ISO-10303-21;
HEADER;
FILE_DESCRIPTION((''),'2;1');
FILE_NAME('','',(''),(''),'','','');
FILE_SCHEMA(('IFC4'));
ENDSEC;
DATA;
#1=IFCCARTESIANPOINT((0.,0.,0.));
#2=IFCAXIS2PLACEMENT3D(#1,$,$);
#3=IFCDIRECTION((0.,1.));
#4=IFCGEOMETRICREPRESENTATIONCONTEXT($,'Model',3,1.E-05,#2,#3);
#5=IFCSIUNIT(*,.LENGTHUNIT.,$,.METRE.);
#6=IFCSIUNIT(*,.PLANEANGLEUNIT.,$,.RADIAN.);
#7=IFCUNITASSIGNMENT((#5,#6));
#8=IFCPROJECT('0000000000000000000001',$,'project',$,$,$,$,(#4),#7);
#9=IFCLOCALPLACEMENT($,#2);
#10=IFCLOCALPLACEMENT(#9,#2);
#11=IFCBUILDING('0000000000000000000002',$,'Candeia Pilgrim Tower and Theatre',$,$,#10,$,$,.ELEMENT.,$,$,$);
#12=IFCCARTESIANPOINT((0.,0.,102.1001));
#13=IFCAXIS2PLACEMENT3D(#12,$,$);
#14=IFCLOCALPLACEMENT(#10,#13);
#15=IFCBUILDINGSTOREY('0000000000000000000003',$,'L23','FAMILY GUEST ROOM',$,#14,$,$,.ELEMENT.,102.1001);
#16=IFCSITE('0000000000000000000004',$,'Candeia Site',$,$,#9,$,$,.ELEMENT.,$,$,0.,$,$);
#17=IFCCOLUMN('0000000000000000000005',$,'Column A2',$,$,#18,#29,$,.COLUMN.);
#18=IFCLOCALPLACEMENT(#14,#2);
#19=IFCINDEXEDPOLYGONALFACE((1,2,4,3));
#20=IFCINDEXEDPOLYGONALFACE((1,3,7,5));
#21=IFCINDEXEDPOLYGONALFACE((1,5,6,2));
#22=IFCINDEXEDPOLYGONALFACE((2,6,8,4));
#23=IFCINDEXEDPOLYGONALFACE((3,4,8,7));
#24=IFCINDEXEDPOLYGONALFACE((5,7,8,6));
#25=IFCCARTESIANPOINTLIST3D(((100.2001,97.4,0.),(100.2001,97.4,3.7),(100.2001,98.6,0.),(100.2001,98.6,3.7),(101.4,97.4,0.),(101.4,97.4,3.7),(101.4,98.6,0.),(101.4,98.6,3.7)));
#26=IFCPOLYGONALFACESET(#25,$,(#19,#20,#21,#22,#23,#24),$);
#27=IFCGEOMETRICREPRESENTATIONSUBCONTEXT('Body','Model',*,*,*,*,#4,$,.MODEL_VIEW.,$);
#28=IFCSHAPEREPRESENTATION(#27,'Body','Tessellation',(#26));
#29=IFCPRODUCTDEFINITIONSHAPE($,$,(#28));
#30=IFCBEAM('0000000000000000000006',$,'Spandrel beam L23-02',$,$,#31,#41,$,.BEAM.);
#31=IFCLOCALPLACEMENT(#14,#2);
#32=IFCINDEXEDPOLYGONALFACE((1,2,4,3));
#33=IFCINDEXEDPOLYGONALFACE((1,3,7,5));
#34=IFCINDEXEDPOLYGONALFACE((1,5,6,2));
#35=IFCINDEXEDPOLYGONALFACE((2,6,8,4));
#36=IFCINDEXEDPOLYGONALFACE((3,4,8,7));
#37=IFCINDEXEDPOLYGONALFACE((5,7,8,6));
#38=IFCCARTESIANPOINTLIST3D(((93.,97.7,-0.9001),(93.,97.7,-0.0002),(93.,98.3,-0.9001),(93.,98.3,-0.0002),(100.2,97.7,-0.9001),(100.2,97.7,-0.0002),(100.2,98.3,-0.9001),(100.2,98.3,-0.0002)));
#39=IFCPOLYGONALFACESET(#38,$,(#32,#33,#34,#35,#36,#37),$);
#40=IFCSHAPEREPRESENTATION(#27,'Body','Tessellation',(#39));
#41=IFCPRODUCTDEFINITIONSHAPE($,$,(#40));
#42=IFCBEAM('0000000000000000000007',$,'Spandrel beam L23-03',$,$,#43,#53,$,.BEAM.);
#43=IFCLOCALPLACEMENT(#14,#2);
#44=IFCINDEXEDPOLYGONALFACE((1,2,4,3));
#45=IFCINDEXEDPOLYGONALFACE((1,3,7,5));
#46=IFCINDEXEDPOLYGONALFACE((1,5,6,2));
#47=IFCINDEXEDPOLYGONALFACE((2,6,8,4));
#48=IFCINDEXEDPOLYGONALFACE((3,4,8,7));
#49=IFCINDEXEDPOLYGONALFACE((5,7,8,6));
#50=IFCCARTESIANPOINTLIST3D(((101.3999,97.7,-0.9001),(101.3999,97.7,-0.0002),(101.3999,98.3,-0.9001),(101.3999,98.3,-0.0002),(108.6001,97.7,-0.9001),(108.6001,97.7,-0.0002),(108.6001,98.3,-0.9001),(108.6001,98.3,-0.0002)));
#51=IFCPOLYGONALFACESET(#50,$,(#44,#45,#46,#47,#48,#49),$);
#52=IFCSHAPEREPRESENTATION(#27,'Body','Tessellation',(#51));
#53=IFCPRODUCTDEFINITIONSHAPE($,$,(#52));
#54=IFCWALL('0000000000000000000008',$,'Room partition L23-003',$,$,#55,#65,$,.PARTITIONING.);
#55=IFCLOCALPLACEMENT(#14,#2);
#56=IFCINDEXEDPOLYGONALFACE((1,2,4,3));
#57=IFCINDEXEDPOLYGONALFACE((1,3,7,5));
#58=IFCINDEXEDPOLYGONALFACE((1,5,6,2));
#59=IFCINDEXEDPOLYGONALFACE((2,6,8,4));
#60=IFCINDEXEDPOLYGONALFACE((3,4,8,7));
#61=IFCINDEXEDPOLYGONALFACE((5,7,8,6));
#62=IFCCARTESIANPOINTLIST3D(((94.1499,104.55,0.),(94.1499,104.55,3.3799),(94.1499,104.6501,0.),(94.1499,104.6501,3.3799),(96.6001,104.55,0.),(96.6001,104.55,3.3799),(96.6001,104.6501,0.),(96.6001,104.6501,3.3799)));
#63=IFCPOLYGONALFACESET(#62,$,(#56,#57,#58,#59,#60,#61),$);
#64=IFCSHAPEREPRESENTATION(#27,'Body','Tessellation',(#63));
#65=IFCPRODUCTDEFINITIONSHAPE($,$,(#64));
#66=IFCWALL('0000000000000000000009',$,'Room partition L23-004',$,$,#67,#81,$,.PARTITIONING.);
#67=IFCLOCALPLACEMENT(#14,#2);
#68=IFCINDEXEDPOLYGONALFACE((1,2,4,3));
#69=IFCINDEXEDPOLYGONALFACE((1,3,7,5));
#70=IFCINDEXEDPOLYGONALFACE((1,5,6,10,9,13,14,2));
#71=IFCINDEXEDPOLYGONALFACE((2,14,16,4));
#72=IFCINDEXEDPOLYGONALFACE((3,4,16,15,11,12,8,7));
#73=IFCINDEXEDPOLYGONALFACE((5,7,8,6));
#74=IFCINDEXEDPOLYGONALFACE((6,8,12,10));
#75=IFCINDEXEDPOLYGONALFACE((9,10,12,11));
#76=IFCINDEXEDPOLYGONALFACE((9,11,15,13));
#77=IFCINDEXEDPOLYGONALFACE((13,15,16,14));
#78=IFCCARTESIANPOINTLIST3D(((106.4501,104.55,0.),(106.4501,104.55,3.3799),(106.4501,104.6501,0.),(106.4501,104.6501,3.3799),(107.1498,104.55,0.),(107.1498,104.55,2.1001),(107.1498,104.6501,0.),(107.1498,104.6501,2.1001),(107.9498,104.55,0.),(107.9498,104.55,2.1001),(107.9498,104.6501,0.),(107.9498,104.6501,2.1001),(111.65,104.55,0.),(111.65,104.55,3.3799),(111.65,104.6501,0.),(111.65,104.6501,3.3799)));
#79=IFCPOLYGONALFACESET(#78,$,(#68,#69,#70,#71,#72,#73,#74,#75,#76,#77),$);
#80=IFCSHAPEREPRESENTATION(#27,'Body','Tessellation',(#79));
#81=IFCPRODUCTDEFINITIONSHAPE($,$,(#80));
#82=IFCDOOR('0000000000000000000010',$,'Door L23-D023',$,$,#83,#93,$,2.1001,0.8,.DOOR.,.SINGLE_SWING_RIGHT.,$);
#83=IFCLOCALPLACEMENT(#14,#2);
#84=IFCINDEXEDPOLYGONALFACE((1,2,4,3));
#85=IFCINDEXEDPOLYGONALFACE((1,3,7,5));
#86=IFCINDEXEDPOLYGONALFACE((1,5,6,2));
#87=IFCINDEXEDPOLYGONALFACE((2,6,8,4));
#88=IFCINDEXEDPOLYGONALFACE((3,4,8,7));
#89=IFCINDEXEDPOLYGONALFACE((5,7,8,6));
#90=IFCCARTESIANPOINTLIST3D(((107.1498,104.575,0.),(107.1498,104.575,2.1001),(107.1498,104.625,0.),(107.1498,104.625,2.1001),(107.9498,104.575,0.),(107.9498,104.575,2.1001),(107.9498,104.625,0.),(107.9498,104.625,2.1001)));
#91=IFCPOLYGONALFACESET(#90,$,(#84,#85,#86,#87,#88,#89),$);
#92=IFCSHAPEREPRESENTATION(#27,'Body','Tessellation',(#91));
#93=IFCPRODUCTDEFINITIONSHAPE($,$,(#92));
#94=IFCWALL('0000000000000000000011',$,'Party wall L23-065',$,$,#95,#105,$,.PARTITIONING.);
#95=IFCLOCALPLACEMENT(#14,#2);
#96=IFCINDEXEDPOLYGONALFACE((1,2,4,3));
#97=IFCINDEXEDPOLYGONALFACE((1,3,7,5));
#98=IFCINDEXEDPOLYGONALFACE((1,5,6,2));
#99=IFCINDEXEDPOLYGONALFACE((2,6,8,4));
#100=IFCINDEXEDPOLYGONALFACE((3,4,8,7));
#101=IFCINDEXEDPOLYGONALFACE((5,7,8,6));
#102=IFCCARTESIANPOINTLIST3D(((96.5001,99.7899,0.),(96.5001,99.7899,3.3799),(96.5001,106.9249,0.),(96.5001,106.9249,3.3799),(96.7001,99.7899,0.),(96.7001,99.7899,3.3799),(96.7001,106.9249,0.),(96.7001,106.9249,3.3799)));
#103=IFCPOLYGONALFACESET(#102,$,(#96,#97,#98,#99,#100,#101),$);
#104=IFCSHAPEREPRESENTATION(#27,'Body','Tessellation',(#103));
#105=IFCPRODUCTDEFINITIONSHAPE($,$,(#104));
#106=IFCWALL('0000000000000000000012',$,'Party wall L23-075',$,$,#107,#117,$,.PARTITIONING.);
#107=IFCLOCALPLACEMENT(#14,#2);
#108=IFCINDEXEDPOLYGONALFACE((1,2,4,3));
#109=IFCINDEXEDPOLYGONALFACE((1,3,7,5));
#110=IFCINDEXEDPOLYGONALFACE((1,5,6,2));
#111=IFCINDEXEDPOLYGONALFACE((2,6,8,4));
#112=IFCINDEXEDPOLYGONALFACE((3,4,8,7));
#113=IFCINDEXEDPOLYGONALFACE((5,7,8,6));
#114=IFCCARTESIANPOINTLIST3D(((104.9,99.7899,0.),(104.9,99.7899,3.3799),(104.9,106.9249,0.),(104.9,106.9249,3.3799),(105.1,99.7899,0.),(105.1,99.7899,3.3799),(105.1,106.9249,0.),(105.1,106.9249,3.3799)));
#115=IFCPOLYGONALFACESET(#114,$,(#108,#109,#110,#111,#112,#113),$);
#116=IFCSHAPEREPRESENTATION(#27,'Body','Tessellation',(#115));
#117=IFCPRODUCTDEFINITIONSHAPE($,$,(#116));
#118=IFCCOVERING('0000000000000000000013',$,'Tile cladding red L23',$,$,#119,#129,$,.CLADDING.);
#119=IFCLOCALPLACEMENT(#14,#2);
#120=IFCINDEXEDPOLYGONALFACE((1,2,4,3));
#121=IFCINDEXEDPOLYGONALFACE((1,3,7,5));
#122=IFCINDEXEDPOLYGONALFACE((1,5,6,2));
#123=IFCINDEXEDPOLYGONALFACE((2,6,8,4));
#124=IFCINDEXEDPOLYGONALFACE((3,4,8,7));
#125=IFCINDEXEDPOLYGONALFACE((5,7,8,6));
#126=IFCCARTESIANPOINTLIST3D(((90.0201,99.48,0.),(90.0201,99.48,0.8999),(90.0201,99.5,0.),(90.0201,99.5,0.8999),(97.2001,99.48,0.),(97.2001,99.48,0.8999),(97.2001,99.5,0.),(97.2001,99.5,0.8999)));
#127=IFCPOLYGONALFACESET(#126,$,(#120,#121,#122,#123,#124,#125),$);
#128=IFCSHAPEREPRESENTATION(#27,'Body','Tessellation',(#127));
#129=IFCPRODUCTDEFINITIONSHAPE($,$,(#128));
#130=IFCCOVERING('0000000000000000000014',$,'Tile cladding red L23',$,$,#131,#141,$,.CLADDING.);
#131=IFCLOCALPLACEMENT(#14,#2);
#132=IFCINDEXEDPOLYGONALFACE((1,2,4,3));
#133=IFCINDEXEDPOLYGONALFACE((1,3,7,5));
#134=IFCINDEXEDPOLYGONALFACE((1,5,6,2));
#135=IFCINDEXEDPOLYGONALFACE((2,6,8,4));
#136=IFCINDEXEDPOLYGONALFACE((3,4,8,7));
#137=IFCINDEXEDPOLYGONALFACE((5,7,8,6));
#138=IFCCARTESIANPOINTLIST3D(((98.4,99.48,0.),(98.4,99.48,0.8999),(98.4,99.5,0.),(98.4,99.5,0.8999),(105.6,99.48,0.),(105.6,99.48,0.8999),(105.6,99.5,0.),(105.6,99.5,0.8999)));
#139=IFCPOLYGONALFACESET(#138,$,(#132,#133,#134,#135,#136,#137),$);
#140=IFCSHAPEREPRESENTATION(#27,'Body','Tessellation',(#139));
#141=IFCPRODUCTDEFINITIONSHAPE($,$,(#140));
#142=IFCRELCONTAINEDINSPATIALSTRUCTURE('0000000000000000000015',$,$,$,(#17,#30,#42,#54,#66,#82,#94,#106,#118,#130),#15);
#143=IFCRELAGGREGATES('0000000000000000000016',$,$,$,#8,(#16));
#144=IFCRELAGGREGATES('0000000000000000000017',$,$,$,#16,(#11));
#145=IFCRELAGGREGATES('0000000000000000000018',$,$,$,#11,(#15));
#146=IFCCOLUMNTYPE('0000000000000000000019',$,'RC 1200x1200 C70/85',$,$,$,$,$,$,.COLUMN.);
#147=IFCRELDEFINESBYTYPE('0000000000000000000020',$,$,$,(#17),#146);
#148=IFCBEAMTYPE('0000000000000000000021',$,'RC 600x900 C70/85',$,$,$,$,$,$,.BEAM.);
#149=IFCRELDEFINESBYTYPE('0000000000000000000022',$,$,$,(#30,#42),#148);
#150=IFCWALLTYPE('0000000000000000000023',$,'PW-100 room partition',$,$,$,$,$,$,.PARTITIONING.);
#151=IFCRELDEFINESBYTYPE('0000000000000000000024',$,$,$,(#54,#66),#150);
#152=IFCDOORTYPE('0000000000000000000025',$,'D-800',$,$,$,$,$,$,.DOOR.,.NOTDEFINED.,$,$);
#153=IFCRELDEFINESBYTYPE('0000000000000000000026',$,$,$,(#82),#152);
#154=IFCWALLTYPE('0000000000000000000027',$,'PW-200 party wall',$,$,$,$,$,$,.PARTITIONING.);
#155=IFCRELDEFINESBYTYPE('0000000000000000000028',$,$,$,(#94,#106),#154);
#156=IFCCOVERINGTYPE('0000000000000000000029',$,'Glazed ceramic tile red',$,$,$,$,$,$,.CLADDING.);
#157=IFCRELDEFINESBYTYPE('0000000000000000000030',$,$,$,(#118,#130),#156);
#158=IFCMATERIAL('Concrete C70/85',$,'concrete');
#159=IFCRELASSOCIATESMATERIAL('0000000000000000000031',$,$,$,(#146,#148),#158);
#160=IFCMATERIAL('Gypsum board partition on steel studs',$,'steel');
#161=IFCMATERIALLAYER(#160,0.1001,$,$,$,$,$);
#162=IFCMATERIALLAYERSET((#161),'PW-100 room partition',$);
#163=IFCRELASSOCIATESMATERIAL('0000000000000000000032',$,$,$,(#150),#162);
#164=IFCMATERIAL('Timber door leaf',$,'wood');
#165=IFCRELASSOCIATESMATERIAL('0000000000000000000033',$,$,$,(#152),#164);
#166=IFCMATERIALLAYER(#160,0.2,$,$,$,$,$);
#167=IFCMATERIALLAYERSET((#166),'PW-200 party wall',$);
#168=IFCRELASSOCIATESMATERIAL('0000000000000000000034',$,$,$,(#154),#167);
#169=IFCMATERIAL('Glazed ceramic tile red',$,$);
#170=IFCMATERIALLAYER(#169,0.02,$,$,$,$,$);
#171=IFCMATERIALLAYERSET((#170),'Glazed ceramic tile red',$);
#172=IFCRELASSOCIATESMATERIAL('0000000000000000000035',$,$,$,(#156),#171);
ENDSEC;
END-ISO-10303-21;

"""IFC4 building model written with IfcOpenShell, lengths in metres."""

from ifc_helpers import new_model, si_unit, direction, frame, frame_2d, origin, origin_2d, place, context, subcontext, project, spatial, rectangle, extrude, material, layer, layer_set, material_profile, profile_set, type_object, element, fill, save


model = new_model("IFC4")

# Units and contexts
model_context = context("Model", 3, precision=1e-05, world=origin(), true_north=direction((0.0, 1.0)))
body_context = subcontext(model_context, "Body", "Model", "MODEL_VIEW")
ifc_project = project(units=[si_unit("LENGTHUNIT", "METRE"), si_unit("PLANEANGLEUNIT", "RADIAN")], contexts=[model_context])

# Site, building, storey
site_placement = place(None, origin())
site = spatial("IfcSite", under=ifc_project, at=site_placement, Name="Candeia Site", CompositionType="ELEMENT", RefElevation=0.0)
building_placement = place(site_placement, origin())
building = spatial("IfcBuilding", under=site, at=building_placement, Name="Candeia Pilgrim Tower and Theatre", CompositionType="ELEMENT")
storey_placement = place(building_placement, frame((0.0, 0.0, 102.1001)))
storey = spatial("IfcBuildingStorey", under=building, at=storey_placement, Name="L23", Description="FAMILY GUEST ROOM", CompositionType="ELEMENT", Elevation=102.1001)

# Column
ifc_material_1 = material(Name="Concrete C70/85", Category="concrete")
ifc_material_profile_1 = material_profile(ifc_material_1, rectangle(XDim=1.2, YDim=1.2, at=origin_2d()))
ifc_profile_set_1 = profile_set([ifc_material_profile_1], Name="Concrete C70/85")
column_type = type_object("IfcColumnType", Name="RC 1200x1200 C70/85", PredefinedType="COLUMN", material=ifc_profile_set_1)
column_placement = place(storey_placement, frame((100.8, 98.0, 0.0), z_axis=(0.0, 0.0, 1.0), x_axis=(1.0, 0.0, 0.0)))
element("IfcColumn", 1, at=column_placement, inside=storey, type_object=column_type, Name="Column A2", PredefinedType="COLUMN", context=body_context, shape_type="SweptSolid", body=[
    extrude(rectangle(XDim=1.2, YDim=1.2, at=origin_2d()), origin(), (0.0, 0.0, 1.0), 3.7),
])

# Beams
ifc_material_profile_2 = material_profile(ifc_material_1, rectangle(XDim=0.6001, YDim=0.8999, at=origin_2d()))
ifc_profile_set_2 = profile_set([ifc_material_profile_2], Name="Concrete C70/85")
beam_type = type_object("IfcBeamType", Name="RC 600x900 C70/85", PredefinedType="BEAM", material=ifc_profile_set_2)
beam_1_placement = place(storey_placement, frame((93.0, 98.0, -0.4502), z_axis=(1.0, 0.0, 0.0), x_axis=(0.0, 1.0, 0.0)))
element("IfcBeam", 2, at=beam_1_placement, inside=storey, type_object=beam_type, Name="Spandrel beam L23-02", PredefinedType="BEAM", context=body_context, shape_type="SweptSolid", body=[
    extrude(rectangle(XDim=0.6001, YDim=0.8999, at=origin_2d()), origin(), (0.0, 0.0, 1.0), 7.2),
])
beam_2_placement = place(storey_placement, frame((101.3999, 98.0, -0.4502), z_axis=(1.0, 0.0, 0.0), x_axis=(0.0, 1.0, 0.0)))
element("IfcBeam", 3, at=beam_2_placement, inside=storey, type_object=beam_type, Name="Spandrel beam L23-03", PredefinedType="BEAM", context=body_context, shape_type="SweptSolid", body=[
    extrude(rectangle(XDim=0.6001, YDim=0.8999, at=origin_2d()), origin(), (0.0, 0.0, 1.0), 7.2002),
])

# Wall
ifc_material_2 = material(Name="Gypsum board partition on steel studs", Category="steel")
ifc_layer_1 = layer(ifc_material_2, 0.1001)
ifc_layer_set_1 = layer_set([ifc_layer_1], Name="PW-100 room partition")
wall_type_1 = type_object("IfcWallType", Name="PW-100 room partition", PredefinedType="PARTITIONING", material=ifc_layer_set_1)
wall_1_placement = place(storey_placement, frame((94.1499, 104.6001, 0.0), z_axis=(0.0, 0.0, 1.0), x_axis=(1.0, 0.0, 0.0)))
element("IfcWall", 4, at=wall_1_placement, inside=storey, type_object=wall_type_1, Name="Room partition L23-003", PredefinedType="PARTITIONING", context=body_context, shape_type="SweptSolid", body=[
    extrude(rectangle(XDim=2.4502, YDim=0.1001, at=frame_2d((1.2251, 0.0))), origin(), (0.0, 0.0, 1.0), 3.3799),
])

# Wall, opening, door
wall_2_placement = place(storey_placement, frame((106.45, 104.6001, 0.0), z_axis=(0.0, 0.0, 1.0), x_axis=(1.0, 0.0, 0.0)))
wall_2 = element("IfcWall", 5, at=wall_2_placement, inside=storey, type_object=wall_type_1, Name="Room partition L23-004", PredefinedType="PARTITIONING", context=body_context, shape_type="SweptSolid", body=[
    extrude(rectangle(XDim=5.2, YDim=0.1001, at=frame_2d((2.6001, 0.0))), origin(), (0.0, 0.0, 1.0), 3.3799),
])
opening_placement = place(wall_2_placement, frame((0.7, 0.0, 0.0)))
opening = element("IfcOpeningElement", 6, at=opening_placement, cuts=wall_2, PredefinedType="OPENING", context=body_context, shape_type="SweptSolid", body=[
    extrude(rectangle(XDim=0.8, YDim=2.1001, at=frame_2d((0.3999, 1.05))), frame((0.0, 0.0601, 0.0), z_axis=(0.0, -1.0, 0.0), x_axis=(1.0, 0.0, 0.0)), (0.0, 0.0, 1.0), 0.1201),
])
ifc_material_3 = material(Name="Timber door leaf", Category="wood")
door_type = type_object("IfcDoorType", Name="D-800", OperationType="NOTDEFINED", PredefinedType="DOOR", material=ifc_material_3)
door_placement = place(opening_placement, origin())
door = element("IfcDoor", 7, at=door_placement, inside=storey, type_object=door_type, Name="Door L23-D023", OperationType="SINGLE_SWING_RIGHT", OverallHeight=2.1001, OverallWidth=0.8, PredefinedType="DOOR", context=body_context, shape_type="SweptSolid", body=[
    extrude(rectangle(XDim=0.8, YDim=2.1001, at=frame_2d((0.3999, 1.05))), frame((0.0, 0.0249, 0.0), z_axis=(0.0, -1.0, 0.0), x_axis=(1.0, 0.0, 0.0)), (0.0, 0.0, 1.0), 0.05),
])
fill(opening, door)

# Walls
ifc_layer_2 = layer(ifc_material_2, 0.2)
ifc_layer_set_2 = layer_set([ifc_layer_2], Name="PW-200 party wall")
wall_type_2 = type_object("IfcWallType", Name="PW-200 party wall", PredefinedType="PARTITIONING", material=ifc_layer_set_2)
for number, where, z_axis, x_axis, name in (
    (8, (96.6001, 99.79, 0.0), (0.0, 0.0, 1.0), (0.0, 1.0, 0.0), "Party wall L23-065"),
    (9, (105.0, 99.79, 0.0), (0.0, 0.0, 1.0), (0.0, 1.0, 0.0), "Party wall L23-075"),
):
    element("IfcWall", number, at=place(storey_placement, frame(where, z_axis=z_axis, x_axis=x_axis)), inside=storey, type_object=wall_type_2, Name=name, PredefinedType="PARTITIONING", context=body_context, shape_type="SweptSolid", body=[
        extrude(rectangle(XDim=7.135, YDim=0.2, at=frame_2d((3.5674, 0.0))), origin(), (0.0, 0.0, 1.0), 3.3799),
    ])

# Coverings
ifc_material_4 = material(Name="Glazed ceramic tile red")
ifc_layer_3 = layer(ifc_material_4, 0.02)
ifc_layer_set_3 = layer_set([ifc_layer_3], Name="Glazed ceramic tile red")
covering_type = type_object("IfcCoveringType", Name="Glazed ceramic tile red", PredefinedType="CLADDING", material=ifc_layer_set_3)
covering_1_placement = place(storey_placement, frame((93.6101, 99.49, 0.0), z_axis=(0.0, 0.0, 1.0), x_axis=(1.0, 0.0, 0.0)))
element("IfcCovering", 10, at=covering_1_placement, inside=storey, type_object=covering_type, Name="Tile cladding red L23", PredefinedType="CLADDING", context=body_context, shape_type="SweptSolid", body=[
    extrude(rectangle(XDim=7.1799, YDim=0.02, at=origin_2d()), origin(), (0.0, 0.0, 1.0), 0.8999),
])
covering_2_placement = place(storey_placement, frame((102.0, 99.49, 0.0), z_axis=(0.0, 0.0, 1.0), x_axis=(1.0, 0.0, 0.0)))
element("IfcCovering", 11, at=covering_2_placement, inside=storey, type_object=covering_type, Name="Tile cladding red L23", PredefinedType="CLADDING", context=body_context, shape_type="SweptSolid", body=[
    extrude(rectangle(XDim=7.2, YDim=0.02, at=origin_2d()), origin(), (0.0, 0.0, 1.0), 0.8999),
])

save(model, "model.ifc")
